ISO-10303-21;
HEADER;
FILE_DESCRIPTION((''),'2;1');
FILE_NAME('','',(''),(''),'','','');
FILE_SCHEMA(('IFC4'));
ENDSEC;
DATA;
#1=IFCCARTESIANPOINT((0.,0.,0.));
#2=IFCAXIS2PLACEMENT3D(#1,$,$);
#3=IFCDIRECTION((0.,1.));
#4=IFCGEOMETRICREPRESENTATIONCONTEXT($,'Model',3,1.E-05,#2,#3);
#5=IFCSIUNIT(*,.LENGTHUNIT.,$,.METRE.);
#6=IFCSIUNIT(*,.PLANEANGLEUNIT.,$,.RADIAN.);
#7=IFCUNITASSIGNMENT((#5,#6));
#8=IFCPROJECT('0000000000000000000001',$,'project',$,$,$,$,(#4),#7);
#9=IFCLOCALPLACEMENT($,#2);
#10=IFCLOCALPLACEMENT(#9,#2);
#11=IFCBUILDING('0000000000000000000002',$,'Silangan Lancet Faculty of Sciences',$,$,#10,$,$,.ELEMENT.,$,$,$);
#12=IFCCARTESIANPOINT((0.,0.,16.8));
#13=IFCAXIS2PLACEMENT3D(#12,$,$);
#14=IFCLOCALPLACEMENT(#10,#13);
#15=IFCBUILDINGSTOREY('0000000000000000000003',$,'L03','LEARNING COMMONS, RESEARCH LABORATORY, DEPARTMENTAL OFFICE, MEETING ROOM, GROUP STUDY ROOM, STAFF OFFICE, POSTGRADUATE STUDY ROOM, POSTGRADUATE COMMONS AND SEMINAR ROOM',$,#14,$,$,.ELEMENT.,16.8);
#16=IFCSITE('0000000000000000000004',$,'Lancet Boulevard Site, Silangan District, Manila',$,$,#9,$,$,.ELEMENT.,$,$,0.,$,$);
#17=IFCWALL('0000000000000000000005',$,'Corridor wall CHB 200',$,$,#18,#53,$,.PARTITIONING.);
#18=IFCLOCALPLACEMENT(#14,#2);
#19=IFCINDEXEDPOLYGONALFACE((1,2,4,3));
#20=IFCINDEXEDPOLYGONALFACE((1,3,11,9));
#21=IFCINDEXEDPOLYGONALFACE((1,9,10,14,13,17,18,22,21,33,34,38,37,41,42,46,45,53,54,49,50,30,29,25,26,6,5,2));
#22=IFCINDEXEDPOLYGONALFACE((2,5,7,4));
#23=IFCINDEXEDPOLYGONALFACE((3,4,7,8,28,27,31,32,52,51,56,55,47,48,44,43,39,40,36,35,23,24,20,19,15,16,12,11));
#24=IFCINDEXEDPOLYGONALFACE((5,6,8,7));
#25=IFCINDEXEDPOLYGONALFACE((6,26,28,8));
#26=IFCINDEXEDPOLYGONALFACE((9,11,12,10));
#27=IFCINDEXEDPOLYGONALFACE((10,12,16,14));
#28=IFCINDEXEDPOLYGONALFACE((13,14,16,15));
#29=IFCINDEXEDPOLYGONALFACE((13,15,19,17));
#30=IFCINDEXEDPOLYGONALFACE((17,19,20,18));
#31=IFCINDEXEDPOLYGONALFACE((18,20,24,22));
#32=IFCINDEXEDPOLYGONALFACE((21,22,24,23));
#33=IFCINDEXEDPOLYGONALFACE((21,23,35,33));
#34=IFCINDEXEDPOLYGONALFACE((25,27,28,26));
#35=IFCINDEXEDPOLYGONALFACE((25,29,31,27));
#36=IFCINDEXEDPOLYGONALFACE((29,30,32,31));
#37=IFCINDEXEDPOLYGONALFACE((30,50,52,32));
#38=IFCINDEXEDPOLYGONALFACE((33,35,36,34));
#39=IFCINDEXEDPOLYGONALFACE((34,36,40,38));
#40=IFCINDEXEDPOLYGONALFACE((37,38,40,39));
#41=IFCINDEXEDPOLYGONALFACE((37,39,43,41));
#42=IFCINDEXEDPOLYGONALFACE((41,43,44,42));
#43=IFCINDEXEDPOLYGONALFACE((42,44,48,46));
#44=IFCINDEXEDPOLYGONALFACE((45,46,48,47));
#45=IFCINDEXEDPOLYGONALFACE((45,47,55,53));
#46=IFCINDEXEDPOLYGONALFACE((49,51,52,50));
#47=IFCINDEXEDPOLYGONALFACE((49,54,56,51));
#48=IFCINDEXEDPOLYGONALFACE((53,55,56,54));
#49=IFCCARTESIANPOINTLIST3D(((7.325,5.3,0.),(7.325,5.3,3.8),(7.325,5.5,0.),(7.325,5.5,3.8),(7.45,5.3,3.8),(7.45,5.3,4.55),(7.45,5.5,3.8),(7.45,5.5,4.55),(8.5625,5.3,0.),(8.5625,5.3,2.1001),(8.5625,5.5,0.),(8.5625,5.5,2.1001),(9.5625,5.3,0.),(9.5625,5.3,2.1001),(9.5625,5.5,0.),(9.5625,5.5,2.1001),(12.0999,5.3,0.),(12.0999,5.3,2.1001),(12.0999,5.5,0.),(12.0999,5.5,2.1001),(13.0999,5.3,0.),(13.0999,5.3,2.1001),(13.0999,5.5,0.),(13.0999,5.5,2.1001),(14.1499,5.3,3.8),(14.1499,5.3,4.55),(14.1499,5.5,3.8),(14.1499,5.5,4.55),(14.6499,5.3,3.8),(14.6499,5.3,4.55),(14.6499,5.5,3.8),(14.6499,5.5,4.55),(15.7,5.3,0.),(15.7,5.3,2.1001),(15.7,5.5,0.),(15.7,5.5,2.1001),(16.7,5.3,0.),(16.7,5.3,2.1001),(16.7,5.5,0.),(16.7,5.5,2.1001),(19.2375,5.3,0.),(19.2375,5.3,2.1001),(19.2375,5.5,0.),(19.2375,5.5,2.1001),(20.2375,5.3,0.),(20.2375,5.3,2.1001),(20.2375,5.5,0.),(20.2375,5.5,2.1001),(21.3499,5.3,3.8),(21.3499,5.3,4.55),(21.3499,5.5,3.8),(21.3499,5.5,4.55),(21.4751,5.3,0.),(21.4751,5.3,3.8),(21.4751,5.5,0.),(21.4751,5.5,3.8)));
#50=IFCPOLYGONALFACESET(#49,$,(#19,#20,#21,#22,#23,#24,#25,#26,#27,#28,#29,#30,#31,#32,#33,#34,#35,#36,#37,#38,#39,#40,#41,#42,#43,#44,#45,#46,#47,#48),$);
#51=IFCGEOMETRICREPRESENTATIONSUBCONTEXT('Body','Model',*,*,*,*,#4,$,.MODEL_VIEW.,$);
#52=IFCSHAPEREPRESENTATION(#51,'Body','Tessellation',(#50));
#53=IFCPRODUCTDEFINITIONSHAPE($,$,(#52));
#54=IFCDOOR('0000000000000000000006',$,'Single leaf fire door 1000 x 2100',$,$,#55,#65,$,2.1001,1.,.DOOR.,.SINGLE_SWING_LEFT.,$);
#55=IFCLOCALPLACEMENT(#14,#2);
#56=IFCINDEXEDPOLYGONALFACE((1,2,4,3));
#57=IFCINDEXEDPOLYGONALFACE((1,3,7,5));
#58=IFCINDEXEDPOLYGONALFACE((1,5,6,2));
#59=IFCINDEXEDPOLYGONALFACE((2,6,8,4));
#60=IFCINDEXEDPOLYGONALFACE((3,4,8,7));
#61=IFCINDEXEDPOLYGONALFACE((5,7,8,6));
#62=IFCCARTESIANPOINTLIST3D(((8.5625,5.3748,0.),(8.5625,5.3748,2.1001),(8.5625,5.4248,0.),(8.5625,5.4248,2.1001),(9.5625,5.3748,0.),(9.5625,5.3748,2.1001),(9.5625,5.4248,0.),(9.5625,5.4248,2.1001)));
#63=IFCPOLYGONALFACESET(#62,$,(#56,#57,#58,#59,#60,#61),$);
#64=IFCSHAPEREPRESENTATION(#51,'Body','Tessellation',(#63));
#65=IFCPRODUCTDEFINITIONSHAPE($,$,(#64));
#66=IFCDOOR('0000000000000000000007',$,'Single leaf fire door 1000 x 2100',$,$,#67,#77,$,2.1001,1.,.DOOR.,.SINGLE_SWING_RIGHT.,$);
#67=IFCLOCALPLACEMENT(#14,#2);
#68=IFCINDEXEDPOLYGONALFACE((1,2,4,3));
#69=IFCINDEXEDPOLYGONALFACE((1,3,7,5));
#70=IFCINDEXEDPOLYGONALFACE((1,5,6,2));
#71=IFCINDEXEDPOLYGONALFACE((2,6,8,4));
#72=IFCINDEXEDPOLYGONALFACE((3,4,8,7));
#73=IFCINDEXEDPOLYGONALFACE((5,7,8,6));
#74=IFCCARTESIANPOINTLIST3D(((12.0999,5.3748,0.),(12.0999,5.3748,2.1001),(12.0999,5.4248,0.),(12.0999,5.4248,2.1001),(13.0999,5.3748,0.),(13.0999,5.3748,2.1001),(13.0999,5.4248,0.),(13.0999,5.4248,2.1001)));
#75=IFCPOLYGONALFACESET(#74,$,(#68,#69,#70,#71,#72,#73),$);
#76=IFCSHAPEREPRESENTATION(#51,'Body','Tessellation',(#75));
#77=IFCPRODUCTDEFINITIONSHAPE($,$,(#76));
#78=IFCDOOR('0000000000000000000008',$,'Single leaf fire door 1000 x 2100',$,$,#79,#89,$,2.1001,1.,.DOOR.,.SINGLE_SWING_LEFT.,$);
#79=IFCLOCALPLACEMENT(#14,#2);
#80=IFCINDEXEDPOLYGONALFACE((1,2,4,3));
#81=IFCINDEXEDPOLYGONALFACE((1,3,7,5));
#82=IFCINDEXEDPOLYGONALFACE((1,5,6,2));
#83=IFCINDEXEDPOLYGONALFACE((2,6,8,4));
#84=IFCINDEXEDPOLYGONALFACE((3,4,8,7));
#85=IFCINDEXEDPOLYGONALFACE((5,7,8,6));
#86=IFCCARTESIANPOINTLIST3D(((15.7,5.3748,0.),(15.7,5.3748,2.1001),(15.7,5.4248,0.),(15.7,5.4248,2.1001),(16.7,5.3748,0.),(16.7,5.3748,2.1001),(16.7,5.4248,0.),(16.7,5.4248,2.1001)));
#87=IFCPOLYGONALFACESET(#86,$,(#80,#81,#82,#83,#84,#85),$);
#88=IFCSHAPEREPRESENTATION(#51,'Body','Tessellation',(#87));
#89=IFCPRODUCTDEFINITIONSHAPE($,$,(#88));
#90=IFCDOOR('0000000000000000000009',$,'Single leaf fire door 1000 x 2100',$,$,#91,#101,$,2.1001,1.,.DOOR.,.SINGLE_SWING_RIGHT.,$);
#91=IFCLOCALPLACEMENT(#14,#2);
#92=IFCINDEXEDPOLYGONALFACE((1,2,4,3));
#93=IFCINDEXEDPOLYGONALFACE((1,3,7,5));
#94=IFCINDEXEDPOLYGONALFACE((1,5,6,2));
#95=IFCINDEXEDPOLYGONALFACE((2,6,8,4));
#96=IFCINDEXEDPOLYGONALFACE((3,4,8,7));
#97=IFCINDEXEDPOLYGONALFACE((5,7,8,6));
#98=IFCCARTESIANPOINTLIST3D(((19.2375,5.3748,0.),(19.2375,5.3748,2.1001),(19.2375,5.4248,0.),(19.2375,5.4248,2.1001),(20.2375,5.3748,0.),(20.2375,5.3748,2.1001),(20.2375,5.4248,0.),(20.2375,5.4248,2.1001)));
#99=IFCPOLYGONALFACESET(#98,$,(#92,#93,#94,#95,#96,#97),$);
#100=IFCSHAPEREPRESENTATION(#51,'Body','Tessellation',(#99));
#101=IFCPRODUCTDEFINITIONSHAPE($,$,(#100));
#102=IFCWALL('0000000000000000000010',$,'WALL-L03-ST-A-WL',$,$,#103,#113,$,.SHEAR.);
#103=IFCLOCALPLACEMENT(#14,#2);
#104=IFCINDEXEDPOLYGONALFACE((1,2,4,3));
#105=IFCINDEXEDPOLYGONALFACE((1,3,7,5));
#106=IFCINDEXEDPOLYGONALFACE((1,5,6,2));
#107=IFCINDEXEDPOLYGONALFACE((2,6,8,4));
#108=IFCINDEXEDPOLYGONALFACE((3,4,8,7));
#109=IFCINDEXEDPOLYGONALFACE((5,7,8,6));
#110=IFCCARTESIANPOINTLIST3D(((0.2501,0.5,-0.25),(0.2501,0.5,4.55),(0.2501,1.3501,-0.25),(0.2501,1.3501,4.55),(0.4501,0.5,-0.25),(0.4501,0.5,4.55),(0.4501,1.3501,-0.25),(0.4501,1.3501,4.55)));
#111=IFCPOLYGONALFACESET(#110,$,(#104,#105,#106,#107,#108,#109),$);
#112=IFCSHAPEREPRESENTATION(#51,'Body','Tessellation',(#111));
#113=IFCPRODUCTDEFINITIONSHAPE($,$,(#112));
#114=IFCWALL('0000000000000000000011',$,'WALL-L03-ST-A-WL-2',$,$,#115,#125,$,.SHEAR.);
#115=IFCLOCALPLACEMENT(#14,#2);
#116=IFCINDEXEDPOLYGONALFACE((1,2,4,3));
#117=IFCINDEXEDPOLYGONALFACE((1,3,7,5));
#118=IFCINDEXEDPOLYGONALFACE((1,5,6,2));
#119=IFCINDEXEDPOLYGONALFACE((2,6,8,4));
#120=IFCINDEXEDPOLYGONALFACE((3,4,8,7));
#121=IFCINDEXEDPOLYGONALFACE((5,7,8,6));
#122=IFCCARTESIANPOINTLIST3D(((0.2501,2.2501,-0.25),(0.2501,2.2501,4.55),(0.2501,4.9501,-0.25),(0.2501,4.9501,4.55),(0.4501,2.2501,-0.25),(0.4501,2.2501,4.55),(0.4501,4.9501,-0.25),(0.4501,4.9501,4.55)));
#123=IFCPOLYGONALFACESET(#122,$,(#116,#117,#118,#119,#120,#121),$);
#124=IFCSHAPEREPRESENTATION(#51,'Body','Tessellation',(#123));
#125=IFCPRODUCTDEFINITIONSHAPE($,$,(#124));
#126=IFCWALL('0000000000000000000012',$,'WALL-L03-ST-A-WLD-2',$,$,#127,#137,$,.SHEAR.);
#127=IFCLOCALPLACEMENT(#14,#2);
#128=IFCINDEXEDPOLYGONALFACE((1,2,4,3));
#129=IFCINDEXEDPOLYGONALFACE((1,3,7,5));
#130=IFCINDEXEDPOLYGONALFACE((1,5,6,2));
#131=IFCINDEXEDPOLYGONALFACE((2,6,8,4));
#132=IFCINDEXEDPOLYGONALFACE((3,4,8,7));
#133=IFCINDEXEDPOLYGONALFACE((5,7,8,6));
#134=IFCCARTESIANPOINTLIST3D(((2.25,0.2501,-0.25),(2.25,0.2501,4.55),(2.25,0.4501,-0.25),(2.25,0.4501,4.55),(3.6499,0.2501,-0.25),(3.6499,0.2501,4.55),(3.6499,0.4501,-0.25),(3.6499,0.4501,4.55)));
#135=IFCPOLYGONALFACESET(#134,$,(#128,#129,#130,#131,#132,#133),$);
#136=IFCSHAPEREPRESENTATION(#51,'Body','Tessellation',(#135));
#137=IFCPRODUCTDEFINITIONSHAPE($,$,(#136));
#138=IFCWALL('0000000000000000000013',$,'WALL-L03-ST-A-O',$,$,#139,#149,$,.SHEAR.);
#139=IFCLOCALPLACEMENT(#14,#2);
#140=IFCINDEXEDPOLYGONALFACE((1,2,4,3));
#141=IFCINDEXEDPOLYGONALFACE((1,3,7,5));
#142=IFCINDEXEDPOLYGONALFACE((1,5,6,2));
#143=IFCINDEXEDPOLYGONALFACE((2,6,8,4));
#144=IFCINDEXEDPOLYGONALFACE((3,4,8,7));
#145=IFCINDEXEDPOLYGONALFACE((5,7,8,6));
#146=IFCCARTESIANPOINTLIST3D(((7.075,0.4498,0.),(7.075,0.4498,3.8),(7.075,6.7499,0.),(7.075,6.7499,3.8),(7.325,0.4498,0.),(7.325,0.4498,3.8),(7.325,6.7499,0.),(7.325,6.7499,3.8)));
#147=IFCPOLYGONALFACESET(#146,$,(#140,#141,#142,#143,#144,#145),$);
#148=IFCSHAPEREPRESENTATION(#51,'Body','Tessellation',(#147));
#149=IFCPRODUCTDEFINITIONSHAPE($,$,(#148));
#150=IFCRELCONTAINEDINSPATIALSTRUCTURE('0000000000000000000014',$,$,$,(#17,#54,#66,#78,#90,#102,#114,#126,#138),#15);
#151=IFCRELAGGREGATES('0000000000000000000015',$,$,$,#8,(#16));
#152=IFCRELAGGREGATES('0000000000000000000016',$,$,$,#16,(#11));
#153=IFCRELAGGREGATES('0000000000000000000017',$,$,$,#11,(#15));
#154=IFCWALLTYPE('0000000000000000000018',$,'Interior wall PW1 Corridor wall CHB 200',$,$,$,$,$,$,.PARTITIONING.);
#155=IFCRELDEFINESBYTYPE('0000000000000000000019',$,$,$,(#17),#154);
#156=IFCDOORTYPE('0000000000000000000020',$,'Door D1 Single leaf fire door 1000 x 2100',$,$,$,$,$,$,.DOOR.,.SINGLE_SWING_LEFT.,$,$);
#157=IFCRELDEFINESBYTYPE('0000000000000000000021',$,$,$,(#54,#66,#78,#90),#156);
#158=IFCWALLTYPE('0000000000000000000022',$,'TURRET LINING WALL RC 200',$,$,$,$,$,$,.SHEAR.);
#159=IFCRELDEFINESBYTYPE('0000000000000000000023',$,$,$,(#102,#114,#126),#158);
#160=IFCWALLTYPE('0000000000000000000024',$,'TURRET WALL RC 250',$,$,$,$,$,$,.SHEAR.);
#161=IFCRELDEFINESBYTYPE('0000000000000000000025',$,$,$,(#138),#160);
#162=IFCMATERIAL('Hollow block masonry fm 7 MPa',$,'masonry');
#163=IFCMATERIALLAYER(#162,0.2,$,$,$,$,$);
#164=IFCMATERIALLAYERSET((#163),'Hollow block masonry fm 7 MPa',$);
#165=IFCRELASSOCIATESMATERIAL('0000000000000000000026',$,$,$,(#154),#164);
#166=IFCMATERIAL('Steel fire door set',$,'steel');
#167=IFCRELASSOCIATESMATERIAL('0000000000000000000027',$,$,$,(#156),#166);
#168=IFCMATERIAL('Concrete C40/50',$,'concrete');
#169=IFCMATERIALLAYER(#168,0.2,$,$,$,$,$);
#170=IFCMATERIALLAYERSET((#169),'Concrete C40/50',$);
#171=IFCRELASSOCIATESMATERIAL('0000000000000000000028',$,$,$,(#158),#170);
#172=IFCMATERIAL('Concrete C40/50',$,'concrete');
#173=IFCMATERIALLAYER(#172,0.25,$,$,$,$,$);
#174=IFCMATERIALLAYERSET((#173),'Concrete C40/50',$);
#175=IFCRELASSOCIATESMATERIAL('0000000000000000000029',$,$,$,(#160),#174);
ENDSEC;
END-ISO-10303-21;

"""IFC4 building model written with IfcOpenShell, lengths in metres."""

from ifc_helpers import new_model, si_unit, direction, frame, frame_2d, origin, place, context, subcontext, project, spatial, polyline, rectangle, outline, extrude, material, layer, layer_set, type_object, element, fill, save


model = new_model("IFC4")

# Units and contexts
model_context = context("Model", 3, precision=1e-05, world=origin(), true_north=direction((0.0, 1.0)))
body_context = subcontext(model_context, "Body", "Model", "MODEL_VIEW")
ifc_project = project(units=[si_unit("LENGTHUNIT", "METRE"), si_unit("PLANEANGLEUNIT", "RADIAN")], contexts=[model_context])

# Site, building, storey
site_placement = place(None, origin())
site = spatial("IfcSite", under=ifc_project, at=site_placement, Name="Lancet Boulevard Site, Silangan District, Manila", CompositionType="ELEMENT", RefElevation=0.0)
building_placement = place(site_placement, origin())
building = spatial("IfcBuilding", under=site, at=building_placement, Name="Silangan Lancet Faculty of Sciences", CompositionType="ELEMENT")
storey_placement = place(building_placement, frame((0.0, 0.0, 16.8)))
storey = spatial("IfcBuildingStorey", under=building, at=storey_placement, Name="L03", Description="LEARNING COMMONS, RESEARCH LABORATORY, DEPARTMENTAL OFFICE, MEETING ROOM, GROUP STUDY ROOM, STAFF OFFICE, POSTGRADUATE STUDY ROOM, POSTGRADUATE COMMONS AND SEMINAR ROOM", CompositionType="ELEMENT", Elevation=16.8)

# Wall, openings, doors
ifc_material_1 = material(Name="Hollow block masonry fm 7 MPa", Category="masonry")
ifc_layer_1 = layer(ifc_material_1, 0.2)
ifc_layer_set_1 = layer_set([ifc_layer_1], Name="Hollow block masonry fm 7 MPa")
wall_type_1 = type_object("IfcWallType", Name="Interior wall PW1 Corridor wall CHB 200", PredefinedType="PARTITIONING", material=ifc_layer_set_1)
wall_1_placement = place(storey_placement, frame((7.325, 5.3999, 0.0), z_axis=(0.0, 0.0, 1.0), x_axis=(1.0, 0.0, 0.0)))
wall_1 = element("IfcWall", 1, at=wall_1_placement, inside=storey, type_object=wall_type_1, Name="Corridor wall CHB 200", PredefinedType="PARTITIONING", context=body_context, shape_type="SweptSolid", body=[
    extrude(outline(polyline([(0.0, 0.0), (14.1501, 0.0), (14.1501, 3.8), (14.0249, 3.8), (14.0249, 4.55), (7.325, 4.55), (7.325, 3.8), (6.825, 3.8), (6.825, 4.55), (0.125, 4.55), (0.125, 3.8), (0.0, 3.8), (0.0, 0.0)])), frame((0.0, 0.1001, 0.0), z_axis=(0.0, -1.0, 0.0), x_axis=(1.0, 0.0, 0.0)), (0.0, 0.0, 1.0), 0.2),
])
opening_1_placement = place(wall_1_placement, frame((1.2375, 0.0, 0.0)))
opening_1 = element("IfcOpeningElement", 2, at=opening_1_placement, cuts=wall_1, PredefinedType="OPENING", context=body_context, shape_type="SweptSolid", body=[
    extrude(rectangle(XDim=1.0, YDim=2.1001, at=frame_2d((0.5, 1.05))), frame((0.0, 0.1099, 0.0), z_axis=(0.0, -1.0, 0.0), x_axis=(1.0, 0.0, 0.0)), (0.0, 0.0, 1.0), 0.22),
])
opening_2_placement = place(wall_1_placement, frame((4.7749, 0.0, 0.0)))
opening_2 = element("IfcOpeningElement", 3, at=opening_2_placement, cuts=wall_1, PredefinedType="OPENING", context=body_context, shape_type="SweptSolid", body=[
    extrude(rectangle(XDim=1.0, YDim=2.1001, at=frame_2d((0.5, 1.05))), frame((0.0, 0.1099, 0.0), z_axis=(0.0, -1.0, 0.0), x_axis=(1.0, 0.0, 0.0)), (0.0, 0.0, 1.0), 0.22),
])
opening_3_placement = place(wall_1_placement, frame((8.375, 0.0, 0.0)))
opening_3 = element("IfcOpeningElement", 4, at=opening_3_placement, cuts=wall_1, PredefinedType="OPENING", context=body_context, shape_type="SweptSolid", body=[
    extrude(rectangle(XDim=1.0, YDim=2.1001, at=frame_2d((0.5, 1.05))), frame((0.0, 0.1099, 0.0), z_axis=(0.0, -1.0, 0.0), x_axis=(1.0, 0.0, 0.0)), (0.0, 0.0, 1.0), 0.22),
])
opening_4_placement = place(wall_1_placement, frame((11.9126, 0.0, 0.0)))
opening_4 = element("IfcOpeningElement", 5, at=opening_4_placement, cuts=wall_1, PredefinedType="OPENING", context=body_context, shape_type="SweptSolid", body=[
    extrude(rectangle(XDim=1.0, YDim=2.1001, at=frame_2d((0.5, 1.05))), frame((0.0, 0.1099, 0.0), z_axis=(0.0, -1.0, 0.0), x_axis=(1.0, 0.0, 0.0)), (0.0, 0.0, 1.0), 0.22),
])
ifc_material_2 = material(Name="Steel fire door set", Category="steel")
door_type_1 = type_object("IfcDoorType", Name="Door D1 Single leaf fire door 1000 x 2100", OperationType="SINGLE_SWING_LEFT", PredefinedType="DOOR", material=ifc_material_2)
door_1_placement = place(opening_1_placement, frame((1.0, 0.0, 0.0), z_axis=(0.0, 0.0, 1.0), x_axis=(-1.0, 0.0, 0.0)))
door_1 = element("IfcDoor", 6, at=door_1_placement, inside=storey, type_object=door_type_1, Name="Single leaf fire door 1000 x 2100", OperationType="SINGLE_SWING_LEFT", OverallHeight=2.1001, OverallWidth=1.0, PredefinedType="DOOR", context=body_context, shape_type="SweptSolid", body=[
    extrude(rectangle(XDim=1.0, YDim=2.1001, at=frame_2d((0.5, 1.05))), frame((0.0, 0.0251, 0.0), z_axis=(0.0, -1.0, 0.0), x_axis=(1.0, 0.0, 0.0)), (0.0, 0.0, 1.0), 0.05),
])
fill(opening_1, door_1)
door_2_placement = place(opening_2_placement, frame((1.0, 0.0, 0.0), z_axis=(0.0, 0.0, 1.0), x_axis=(-1.0, 0.0, 0.0)))
door_2 = element("IfcDoor", 7, at=door_2_placement, inside=storey, type_object=door_type_1, Name="Single leaf fire door 1000 x 2100", OperationType="SINGLE_SWING_RIGHT", OverallHeight=2.1001, OverallWidth=1.0, PredefinedType="DOOR", context=body_context, shape_type="SweptSolid", body=[
    extrude(rectangle(XDim=1.0, YDim=2.1001, at=frame_2d((0.5, 1.05))), frame((0.0, 0.0251, 0.0), z_axis=(0.0, -1.0, 0.0), x_axis=(1.0, 0.0, 0.0)), (0.0, 0.0, 1.0), 0.05),
])
fill(opening_2, door_2)
door_3_placement = place(opening_3_placement, frame((1.0, 0.0, 0.0), z_axis=(0.0, 0.0, 1.0), x_axis=(-1.0, 0.0, 0.0)))
door_3 = element("IfcDoor", 8, at=door_3_placement, inside=storey, type_object=door_type_1, Name="Single leaf fire door 1000 x 2100", OperationType="SINGLE_SWING_LEFT", OverallHeight=2.1001, OverallWidth=1.0, PredefinedType="DOOR", context=body_context, shape_type="SweptSolid", body=[
    extrude(rectangle(XDim=1.0, YDim=2.1001, at=frame_2d((0.5, 1.05))), frame((0.0, 0.0251, 0.0), z_axis=(0.0, -1.0, 0.0), x_axis=(1.0, 0.0, 0.0)), (0.0, 0.0, 1.0), 0.05),
])
fill(opening_3, door_3)
door_4_placement = place(opening_4_placement, frame((1.0, 0.0, 0.0), z_axis=(0.0, 0.0, 1.0), x_axis=(-1.0, 0.0, 0.0)))
door_4 = element("IfcDoor", 9, at=door_4_placement, inside=storey, type_object=door_type_1, Name="Single leaf fire door 1000 x 2100", OperationType="SINGLE_SWING_RIGHT", OverallHeight=2.1001, OverallWidth=1.0, PredefinedType="DOOR", context=body_context, shape_type="SweptSolid", body=[
    extrude(rectangle(XDim=1.0, YDim=2.1001, at=frame_2d((0.5, 1.05))), frame((0.0, 0.0251, 0.0), z_axis=(0.0, -1.0, 0.0), x_axis=(1.0, 0.0, 0.0)), (0.0, 0.0, 1.0), 0.05),
])
fill(opening_4, door_4)

# Walls
ifc_material_3 = material(Name="Concrete C40/50", Category="concrete")
ifc_layer_2 = layer(ifc_material_3, 0.2)
ifc_layer_set_2 = layer_set([ifc_layer_2], Name="Concrete C40/50")
wall_type_2 = type_object("IfcWallType", Name="TURRET LINING WALL RC 200", PredefinedType="SHEAR", material=ifc_layer_set_2)
wall_2_placement = place(storey_placement, frame((0.3501, 0.5, -0.25), z_axis=(0.0, 0.0, 1.0), x_axis=(0.0, 1.0, 0.0)))
element("IfcWall", 10, at=wall_2_placement, inside=storey, type_object=wall_type_2, Name="WALL-L03-ST-A-WL", PredefinedType="SHEAR", context=body_context, shape_type="SweptSolid", body=[
    extrude(rectangle(XDim=0.8501, YDim=0.2, at=frame_2d((0.425, 0.0))), origin(), (0.0, 0.0, 1.0), 4.8),
])
wall_3_placement = place(storey_placement, frame((0.3501, 2.25, -0.25), z_axis=(0.0, 0.0, 1.0), x_axis=(0.0, 1.0, 0.0)))
element("IfcWall", 11, at=wall_3_placement, inside=storey, type_object=wall_type_2, Name="WALL-L03-ST-A-WL-2", PredefinedType="SHEAR", context=body_context, shape_type="SweptSolid", body=[
    extrude(rectangle(XDim=2.7, YDim=0.2, at=frame_2d((1.3501, 0.0))), origin(), (0.0, 0.0, 1.0), 4.8),
])
wall_4_placement = place(storey_placement, frame((2.25, 0.3501, -0.25), z_axis=(0.0, 0.0, 1.0), x_axis=(1.0, 0.0, 0.0)))
element("IfcWall", 12, at=wall_4_placement, inside=storey, type_object=wall_type_2, Name="WALL-L03-ST-A-WLD-2", PredefinedType="SHEAR", context=body_context, shape_type="SweptSolid", body=[
    extrude(rectangle(XDim=1.3999, YDim=0.2, at=frame_2d((0.7, 0.0))), origin(), (0.0, 0.0, 1.0), 4.8),
])
ifc_material_4 = material(Name="Concrete C40/50", Category="concrete")
ifc_layer_3 = layer(ifc_material_4, 0.25)
ifc_layer_set_3 = layer_set([ifc_layer_3], Name="Concrete C40/50")
wall_type_3 = type_object("IfcWallType", Name="TURRET WALL RC 250", PredefinedType="SHEAR", material=ifc_layer_set_3)
wall_5_placement = place(storey_placement, frame((7.2, 0.45, 0.0), z_axis=(0.0, 0.0, 1.0), x_axis=(0.0, 1.0, 0.0)))
element("IfcWall", 13, at=wall_5_placement, inside=storey, type_object=wall_type_3, Name="WALL-L03-ST-A-O", PredefinedType="SHEAR", context=body_context, shape_type="SweptSolid", body=[
    extrude(rectangle(XDim=6.3, YDim=0.25, at=frame_2d((3.1499, 0.0))), origin(), (0.0, 0.0, 1.0), 3.8),
])

save(model, "model.ifc")
